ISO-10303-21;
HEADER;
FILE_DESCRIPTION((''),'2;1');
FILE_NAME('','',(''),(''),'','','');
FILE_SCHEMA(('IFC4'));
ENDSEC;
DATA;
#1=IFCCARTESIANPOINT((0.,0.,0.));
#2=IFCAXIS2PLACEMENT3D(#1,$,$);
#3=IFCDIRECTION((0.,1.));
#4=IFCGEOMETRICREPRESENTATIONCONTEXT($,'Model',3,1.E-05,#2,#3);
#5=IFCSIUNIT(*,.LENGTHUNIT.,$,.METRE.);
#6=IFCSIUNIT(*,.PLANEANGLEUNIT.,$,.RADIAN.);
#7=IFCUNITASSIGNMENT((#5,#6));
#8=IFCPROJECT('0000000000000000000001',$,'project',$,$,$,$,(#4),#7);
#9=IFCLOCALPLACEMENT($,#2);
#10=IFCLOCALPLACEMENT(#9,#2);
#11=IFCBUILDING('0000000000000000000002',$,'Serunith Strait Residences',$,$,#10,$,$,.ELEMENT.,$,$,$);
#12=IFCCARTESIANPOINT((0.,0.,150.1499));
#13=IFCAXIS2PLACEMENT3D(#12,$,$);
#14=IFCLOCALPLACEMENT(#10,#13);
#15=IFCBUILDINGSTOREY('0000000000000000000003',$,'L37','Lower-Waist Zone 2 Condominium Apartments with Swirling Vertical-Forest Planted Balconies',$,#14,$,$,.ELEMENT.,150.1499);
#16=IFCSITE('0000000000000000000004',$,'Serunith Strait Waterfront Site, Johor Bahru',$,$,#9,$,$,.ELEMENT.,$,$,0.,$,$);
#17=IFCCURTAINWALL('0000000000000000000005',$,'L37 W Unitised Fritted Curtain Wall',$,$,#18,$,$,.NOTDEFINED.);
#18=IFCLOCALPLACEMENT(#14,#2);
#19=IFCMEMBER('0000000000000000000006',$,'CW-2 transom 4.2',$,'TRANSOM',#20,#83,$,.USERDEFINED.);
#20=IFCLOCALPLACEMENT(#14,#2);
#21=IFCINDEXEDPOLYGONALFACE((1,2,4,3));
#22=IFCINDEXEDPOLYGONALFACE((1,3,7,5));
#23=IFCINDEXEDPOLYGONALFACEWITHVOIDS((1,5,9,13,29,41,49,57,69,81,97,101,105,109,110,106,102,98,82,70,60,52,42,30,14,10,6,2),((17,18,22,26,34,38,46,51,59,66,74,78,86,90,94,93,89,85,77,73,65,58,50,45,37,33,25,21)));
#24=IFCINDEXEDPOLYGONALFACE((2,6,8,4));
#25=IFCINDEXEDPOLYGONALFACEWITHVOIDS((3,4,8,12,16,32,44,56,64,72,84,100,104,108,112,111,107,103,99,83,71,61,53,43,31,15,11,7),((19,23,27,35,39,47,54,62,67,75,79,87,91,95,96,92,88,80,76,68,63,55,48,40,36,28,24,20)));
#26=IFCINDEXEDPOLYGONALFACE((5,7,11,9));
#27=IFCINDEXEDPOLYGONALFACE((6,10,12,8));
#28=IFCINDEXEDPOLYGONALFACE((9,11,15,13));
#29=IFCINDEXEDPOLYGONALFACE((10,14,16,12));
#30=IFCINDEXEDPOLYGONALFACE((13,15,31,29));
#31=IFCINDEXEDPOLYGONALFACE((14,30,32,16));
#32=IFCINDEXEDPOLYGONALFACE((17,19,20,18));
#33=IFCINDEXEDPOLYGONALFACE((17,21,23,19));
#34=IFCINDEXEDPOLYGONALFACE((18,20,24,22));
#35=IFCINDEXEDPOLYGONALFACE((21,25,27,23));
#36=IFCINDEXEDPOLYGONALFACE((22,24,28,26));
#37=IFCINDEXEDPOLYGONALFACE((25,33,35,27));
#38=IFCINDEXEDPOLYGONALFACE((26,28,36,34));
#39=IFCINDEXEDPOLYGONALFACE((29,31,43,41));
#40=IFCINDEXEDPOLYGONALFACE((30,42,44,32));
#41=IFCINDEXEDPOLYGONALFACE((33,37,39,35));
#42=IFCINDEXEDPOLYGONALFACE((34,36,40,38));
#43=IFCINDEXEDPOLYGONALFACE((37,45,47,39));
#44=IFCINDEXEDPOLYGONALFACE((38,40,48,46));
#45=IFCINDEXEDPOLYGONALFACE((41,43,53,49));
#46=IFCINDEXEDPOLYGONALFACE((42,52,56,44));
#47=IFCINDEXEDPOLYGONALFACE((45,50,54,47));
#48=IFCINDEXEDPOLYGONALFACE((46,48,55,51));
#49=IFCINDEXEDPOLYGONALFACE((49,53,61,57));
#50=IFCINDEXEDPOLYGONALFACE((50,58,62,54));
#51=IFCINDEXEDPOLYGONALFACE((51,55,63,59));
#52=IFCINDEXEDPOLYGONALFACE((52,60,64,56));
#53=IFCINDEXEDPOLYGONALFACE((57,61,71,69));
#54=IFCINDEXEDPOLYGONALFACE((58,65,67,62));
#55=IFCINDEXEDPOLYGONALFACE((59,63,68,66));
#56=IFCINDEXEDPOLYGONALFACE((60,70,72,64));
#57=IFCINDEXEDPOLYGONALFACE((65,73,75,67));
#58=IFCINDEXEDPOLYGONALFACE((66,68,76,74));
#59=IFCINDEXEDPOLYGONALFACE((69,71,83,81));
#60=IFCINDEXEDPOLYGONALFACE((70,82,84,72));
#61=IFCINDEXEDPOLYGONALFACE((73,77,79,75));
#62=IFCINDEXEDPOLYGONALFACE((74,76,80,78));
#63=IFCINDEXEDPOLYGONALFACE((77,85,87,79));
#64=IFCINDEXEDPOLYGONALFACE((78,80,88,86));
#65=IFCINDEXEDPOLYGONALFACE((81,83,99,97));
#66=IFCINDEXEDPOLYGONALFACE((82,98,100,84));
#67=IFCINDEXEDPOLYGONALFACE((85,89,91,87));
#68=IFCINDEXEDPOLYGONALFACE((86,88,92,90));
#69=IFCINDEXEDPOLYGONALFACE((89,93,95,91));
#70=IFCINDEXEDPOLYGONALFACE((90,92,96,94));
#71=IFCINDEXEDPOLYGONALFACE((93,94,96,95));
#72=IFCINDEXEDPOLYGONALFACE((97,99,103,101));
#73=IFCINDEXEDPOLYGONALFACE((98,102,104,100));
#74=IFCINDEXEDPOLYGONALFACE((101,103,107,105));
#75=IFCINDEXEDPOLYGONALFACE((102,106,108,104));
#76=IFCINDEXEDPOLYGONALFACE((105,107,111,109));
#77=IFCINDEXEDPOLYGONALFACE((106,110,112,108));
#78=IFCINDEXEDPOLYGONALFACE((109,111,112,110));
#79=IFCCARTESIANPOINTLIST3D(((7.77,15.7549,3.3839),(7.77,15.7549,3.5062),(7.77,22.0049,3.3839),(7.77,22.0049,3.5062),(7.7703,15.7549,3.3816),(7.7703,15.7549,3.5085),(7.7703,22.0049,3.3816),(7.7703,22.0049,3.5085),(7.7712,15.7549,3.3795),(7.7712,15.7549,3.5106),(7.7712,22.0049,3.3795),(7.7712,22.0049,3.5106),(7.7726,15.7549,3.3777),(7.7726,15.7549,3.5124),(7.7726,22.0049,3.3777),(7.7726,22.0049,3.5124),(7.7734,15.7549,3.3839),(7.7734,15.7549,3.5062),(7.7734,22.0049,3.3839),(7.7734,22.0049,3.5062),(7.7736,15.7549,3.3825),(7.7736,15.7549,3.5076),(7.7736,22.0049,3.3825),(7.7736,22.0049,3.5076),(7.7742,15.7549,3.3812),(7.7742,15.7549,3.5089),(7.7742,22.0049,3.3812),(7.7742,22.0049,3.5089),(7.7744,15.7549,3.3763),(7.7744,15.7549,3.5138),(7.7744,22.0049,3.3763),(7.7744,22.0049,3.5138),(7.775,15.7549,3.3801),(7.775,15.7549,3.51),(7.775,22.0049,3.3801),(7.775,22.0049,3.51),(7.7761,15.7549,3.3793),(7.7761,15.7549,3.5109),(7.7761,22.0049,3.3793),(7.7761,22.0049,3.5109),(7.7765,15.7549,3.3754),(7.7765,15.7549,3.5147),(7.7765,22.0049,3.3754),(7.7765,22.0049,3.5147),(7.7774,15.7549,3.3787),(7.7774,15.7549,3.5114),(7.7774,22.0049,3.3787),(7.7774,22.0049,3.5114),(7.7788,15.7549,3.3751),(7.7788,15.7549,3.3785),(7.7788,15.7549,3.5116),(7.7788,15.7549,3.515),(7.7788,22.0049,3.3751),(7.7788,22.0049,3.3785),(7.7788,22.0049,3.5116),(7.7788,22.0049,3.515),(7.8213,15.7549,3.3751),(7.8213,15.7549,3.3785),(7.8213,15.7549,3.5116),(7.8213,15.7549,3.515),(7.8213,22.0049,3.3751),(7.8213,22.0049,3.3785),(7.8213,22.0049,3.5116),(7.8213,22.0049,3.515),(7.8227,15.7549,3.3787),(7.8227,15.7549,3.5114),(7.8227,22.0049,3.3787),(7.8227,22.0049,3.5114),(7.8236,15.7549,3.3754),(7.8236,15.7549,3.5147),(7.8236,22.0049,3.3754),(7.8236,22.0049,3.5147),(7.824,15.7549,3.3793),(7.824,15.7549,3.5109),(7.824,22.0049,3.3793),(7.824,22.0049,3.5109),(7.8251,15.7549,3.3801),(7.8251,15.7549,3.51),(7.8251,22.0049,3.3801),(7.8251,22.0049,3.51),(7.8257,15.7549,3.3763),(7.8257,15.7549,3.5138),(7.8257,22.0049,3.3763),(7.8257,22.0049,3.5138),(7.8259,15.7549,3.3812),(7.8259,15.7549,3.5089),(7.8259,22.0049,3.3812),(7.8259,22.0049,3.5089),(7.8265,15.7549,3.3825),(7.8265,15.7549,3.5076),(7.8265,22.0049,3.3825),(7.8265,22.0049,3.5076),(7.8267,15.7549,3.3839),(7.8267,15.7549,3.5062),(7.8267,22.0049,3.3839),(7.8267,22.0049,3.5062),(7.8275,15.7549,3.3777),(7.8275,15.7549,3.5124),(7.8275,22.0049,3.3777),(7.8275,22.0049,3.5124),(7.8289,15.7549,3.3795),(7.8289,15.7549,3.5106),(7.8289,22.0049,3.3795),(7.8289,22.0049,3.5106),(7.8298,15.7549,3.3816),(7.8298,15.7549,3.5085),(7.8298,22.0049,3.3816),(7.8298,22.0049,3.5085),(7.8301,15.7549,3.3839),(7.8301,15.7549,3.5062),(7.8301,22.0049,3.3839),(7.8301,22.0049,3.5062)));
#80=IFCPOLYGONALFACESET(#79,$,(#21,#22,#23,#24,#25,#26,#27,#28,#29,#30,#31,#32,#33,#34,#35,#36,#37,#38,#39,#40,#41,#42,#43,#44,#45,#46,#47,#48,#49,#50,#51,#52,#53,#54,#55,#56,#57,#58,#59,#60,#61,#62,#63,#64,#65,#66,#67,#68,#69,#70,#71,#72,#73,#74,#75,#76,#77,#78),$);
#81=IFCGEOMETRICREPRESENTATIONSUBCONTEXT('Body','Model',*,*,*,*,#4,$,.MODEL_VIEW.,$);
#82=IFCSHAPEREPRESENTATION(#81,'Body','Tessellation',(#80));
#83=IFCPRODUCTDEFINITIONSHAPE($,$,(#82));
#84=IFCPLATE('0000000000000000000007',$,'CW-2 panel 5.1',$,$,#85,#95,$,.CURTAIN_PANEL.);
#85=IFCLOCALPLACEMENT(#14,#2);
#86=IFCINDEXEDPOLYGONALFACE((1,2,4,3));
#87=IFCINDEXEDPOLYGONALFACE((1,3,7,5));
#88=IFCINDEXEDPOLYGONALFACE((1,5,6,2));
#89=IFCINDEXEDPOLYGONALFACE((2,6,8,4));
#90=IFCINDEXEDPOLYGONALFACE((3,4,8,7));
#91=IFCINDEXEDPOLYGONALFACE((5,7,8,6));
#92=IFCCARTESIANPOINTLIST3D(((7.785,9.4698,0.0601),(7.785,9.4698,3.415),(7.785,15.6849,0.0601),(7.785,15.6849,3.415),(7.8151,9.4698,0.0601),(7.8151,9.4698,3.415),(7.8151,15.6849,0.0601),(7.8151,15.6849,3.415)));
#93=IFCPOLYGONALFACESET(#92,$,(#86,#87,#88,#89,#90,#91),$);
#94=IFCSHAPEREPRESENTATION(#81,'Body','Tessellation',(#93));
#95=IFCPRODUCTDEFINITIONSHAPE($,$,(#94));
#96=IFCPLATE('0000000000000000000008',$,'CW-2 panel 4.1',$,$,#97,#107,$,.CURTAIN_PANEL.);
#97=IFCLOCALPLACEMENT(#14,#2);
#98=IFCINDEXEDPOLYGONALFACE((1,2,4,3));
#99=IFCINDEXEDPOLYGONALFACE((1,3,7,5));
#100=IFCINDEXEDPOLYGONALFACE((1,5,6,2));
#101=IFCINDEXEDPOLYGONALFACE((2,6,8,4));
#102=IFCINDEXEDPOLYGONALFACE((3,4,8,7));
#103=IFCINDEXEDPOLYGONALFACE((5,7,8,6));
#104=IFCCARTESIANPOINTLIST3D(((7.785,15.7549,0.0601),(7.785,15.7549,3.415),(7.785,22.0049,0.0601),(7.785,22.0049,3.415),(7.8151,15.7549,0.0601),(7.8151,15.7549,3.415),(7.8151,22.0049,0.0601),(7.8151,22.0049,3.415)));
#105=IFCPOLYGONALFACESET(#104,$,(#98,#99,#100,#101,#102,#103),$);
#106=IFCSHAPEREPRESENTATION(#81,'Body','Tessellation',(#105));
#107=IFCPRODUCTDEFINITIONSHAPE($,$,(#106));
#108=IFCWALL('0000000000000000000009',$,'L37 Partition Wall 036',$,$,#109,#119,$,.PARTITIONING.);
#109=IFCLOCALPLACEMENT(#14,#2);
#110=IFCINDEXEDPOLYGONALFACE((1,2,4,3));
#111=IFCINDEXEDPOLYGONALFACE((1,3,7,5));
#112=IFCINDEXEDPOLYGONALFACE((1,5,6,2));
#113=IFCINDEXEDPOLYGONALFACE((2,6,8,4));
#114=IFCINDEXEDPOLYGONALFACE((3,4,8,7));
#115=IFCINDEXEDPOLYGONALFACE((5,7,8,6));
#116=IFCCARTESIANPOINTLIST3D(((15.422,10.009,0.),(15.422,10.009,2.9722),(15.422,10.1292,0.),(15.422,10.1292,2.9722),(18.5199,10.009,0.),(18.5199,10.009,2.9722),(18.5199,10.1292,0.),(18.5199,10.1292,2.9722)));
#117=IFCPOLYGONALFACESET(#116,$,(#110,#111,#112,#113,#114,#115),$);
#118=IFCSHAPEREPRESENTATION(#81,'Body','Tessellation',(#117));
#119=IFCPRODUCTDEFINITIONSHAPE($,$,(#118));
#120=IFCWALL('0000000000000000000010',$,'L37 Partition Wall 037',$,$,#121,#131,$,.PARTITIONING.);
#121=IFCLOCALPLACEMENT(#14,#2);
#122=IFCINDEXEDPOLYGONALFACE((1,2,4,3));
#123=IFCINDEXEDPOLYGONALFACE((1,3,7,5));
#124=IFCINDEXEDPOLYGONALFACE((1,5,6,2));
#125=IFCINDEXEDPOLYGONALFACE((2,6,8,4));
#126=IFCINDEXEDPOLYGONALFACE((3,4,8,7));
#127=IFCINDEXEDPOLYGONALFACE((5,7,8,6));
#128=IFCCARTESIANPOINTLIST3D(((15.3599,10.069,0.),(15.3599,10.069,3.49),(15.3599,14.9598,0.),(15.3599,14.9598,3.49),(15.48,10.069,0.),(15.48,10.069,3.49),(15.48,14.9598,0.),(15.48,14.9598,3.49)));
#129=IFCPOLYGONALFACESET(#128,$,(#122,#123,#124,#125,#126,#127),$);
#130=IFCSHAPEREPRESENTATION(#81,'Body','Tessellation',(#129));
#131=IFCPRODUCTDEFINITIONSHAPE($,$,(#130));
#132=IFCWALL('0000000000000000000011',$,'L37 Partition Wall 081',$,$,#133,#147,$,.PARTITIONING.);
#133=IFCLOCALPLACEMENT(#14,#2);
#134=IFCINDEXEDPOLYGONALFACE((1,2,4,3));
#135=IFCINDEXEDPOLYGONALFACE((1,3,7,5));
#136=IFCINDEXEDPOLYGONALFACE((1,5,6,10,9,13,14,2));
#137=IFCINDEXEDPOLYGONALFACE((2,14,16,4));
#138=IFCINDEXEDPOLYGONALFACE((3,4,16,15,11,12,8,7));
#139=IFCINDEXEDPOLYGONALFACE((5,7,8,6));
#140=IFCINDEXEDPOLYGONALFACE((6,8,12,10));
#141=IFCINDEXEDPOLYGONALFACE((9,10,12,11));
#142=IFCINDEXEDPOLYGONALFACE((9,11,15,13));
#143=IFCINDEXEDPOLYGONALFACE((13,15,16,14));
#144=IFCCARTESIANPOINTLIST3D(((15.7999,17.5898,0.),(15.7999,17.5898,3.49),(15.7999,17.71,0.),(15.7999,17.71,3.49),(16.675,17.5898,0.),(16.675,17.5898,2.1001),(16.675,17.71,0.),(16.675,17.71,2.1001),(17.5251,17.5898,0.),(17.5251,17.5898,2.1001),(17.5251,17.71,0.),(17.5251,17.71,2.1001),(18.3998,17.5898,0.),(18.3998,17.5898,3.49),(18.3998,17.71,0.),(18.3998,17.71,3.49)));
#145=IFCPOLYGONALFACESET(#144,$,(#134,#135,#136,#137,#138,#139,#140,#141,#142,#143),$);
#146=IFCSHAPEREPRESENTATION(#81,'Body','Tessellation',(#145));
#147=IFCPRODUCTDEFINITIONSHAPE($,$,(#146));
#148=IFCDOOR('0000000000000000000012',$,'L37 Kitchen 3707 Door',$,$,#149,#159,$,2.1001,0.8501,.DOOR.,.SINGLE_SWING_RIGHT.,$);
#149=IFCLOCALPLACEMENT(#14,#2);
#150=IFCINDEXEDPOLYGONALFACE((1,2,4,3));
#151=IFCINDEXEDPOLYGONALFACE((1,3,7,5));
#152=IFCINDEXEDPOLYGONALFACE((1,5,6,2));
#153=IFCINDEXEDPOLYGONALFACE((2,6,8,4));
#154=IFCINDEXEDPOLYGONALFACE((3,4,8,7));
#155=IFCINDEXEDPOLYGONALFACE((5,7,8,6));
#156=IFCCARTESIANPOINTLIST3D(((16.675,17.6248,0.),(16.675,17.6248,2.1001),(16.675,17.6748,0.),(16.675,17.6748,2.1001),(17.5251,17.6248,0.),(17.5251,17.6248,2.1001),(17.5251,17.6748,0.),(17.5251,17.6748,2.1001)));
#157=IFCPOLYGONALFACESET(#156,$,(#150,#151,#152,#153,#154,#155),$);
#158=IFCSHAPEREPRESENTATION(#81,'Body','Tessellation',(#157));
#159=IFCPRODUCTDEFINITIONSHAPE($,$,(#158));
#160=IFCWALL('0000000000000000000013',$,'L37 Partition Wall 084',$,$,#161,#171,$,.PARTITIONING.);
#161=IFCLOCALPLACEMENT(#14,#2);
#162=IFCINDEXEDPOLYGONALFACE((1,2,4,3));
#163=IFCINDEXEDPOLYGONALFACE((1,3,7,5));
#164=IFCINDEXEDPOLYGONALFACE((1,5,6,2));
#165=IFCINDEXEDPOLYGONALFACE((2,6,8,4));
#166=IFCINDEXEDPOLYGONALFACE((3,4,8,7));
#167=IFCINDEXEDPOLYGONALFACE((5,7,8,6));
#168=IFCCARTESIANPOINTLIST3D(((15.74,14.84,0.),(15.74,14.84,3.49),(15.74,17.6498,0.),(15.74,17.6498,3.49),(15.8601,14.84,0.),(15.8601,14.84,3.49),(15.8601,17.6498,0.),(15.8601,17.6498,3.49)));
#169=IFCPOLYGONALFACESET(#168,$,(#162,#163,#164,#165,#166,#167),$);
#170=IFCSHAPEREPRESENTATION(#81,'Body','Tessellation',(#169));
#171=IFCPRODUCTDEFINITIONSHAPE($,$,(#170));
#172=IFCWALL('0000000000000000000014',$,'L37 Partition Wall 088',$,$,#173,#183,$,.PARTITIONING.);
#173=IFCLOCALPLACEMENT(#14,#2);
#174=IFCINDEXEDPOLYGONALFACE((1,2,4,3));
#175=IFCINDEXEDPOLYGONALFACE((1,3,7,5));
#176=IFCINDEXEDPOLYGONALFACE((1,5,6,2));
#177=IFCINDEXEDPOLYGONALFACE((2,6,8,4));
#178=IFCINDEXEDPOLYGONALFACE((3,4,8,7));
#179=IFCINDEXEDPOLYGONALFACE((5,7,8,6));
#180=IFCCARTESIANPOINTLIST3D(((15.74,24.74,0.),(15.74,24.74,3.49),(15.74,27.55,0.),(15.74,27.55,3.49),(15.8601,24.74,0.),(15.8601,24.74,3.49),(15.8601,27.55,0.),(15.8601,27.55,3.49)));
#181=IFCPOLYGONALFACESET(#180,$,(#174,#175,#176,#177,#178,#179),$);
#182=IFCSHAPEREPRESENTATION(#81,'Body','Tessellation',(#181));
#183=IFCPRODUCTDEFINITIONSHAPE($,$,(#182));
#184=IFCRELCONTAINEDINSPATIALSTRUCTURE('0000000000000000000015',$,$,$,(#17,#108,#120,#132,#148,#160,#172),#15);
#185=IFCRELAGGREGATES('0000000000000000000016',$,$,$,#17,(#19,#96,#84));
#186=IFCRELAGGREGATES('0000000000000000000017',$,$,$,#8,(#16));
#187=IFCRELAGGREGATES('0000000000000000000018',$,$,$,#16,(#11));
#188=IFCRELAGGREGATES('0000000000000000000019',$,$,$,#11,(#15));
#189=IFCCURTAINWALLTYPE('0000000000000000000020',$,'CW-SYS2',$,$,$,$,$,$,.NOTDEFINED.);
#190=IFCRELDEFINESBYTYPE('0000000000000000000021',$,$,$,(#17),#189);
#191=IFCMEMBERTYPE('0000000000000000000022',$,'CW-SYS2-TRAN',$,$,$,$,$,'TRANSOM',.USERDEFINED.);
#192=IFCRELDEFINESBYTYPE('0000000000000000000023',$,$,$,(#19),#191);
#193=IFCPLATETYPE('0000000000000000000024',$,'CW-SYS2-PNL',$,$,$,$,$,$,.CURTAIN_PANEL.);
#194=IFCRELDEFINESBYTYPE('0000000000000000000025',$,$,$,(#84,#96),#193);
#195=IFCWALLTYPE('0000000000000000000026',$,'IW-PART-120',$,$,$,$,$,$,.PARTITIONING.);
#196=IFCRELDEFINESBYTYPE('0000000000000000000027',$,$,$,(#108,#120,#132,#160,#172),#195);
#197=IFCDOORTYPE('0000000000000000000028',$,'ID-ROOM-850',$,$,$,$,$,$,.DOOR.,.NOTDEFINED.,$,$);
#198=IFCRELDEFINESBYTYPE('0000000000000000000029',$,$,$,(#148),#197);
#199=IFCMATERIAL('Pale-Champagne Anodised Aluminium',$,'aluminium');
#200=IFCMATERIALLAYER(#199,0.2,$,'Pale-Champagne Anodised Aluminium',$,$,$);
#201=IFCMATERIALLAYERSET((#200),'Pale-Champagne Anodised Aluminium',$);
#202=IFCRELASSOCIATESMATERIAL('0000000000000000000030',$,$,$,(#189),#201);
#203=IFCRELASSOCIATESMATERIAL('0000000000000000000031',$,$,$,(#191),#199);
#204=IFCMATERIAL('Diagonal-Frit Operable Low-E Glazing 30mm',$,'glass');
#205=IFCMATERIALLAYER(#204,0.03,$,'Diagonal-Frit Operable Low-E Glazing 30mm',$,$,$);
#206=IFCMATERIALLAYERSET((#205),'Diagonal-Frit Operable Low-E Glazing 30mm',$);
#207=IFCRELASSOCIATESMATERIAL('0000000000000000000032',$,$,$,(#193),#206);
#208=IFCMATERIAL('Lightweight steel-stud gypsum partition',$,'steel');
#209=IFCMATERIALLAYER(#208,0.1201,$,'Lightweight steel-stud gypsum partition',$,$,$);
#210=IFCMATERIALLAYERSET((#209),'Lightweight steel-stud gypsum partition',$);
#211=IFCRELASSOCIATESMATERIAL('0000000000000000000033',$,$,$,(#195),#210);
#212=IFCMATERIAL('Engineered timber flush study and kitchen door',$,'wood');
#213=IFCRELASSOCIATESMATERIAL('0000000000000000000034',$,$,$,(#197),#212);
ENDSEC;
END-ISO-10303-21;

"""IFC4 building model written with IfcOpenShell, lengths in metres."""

from ifc_helpers import new_model, si_unit, direction, frame, frame_2d, origin, origin_2d, place, context, subcontext, project, spatial, rectangle, hollow_rectangle, extrude, source, transform, mapped, material, layer, layer_set, material_profile, profile_set, type_object, element, fill, aggregate, save


model = new_model("IFC4")

# Units and contexts
model_context = context("Model", 3, precision=1e-05, world=origin(), true_north=direction((0.0, 1.0)))
body_context = subcontext(model_context, "Body", "Model", "MODEL_VIEW")
ifc_project = project(units=[si_unit("LENGTHUNIT", "METRE"), si_unit("PLANEANGLEUNIT", "RADIAN")], contexts=[model_context])

# Site, building, storey
site_placement = place(None, origin())
site = spatial("IfcSite", under=ifc_project, at=site_placement, Name="Serunith Strait Waterfront Site, Johor Bahru", CompositionType="ELEMENT", RefElevation=0.0)
building_placement = place(site_placement, origin())
building = spatial("IfcBuilding", under=site, at=building_placement, Name="Serunith Strait Residences", CompositionType="ELEMENT")
storey_placement = place(building_placement, frame((0.0, 0.0, 150.1499)))
storey = spatial("IfcBuildingStorey", under=building, at=storey_placement, Name="L37", Description="Lower-Waist Zone 2 Condominium Apartments with Swirling Vertical-Forest Planted Balconies", CompositionType="ELEMENT", Elevation=150.1499)

# Curtain wall, member, plates
ifc_material_1 = material(Name="Pale-Champagne Anodised Aluminium", Category="aluminium")
ifc_layer_1 = layer(ifc_material_1, 0.2, Name="Pale-Champagne Anodised Aluminium")
ifc_layer_set_1 = layer_set([ifc_layer_1], Name="Pale-Champagne Anodised Aluminium")
curtain_wall_type = type_object("IfcCurtainWallType", Name="CW-SYS2", PredefinedType="NOTDEFINED", material=ifc_layer_set_1)
curtain_wall_placement = place(storey_placement, origin())
curtain_wall = element("IfcCurtainWall", 1, at=curtain_wall_placement, inside=storey, type_object=curtain_wall_type, Name="L37 W Unitised Fritted Curtain Wall", PredefinedType="NOTDEFINED")
ifc_material_profile_1 = material_profile(ifc_material_1, hollow_rectangle(XDim=0.0601, YDim=0.1399, WallThickness=0.0034, InnerFilletRadius=0.0054, OuterFilletRadius=0.0088, at=origin_2d()), Name="ALU 140x60x3.5")
ifc_profile_set_1 = profile_set([ifc_material_profile_1], Name="Pale-Champagne Anodised Aluminium")
member_type_1 = type_object("IfcMemberType", Name="CW-SYS2-TRAN", ElementType="TRANSOM", PredefinedType="USERDEFINED", material=ifc_profile_set_1)
shared_shape_1 = source(origin(), body_context, "Body", "SweptSolid", [
    extrude(hollow_rectangle(XDim=0.0601, YDim=0.1399, WallThickness=0.0034, InnerFilletRadius=0.0054, OuterFilletRadius=0.0088, at=origin_2d()), origin(), (0.0, 0.0, 1.0), 6.25),
])
member_1_placement = place(storey_placement, frame((7.8, 22.0049, 3.4451), z_axis=(0.0, -1.0, 0.0), x_axis=(1.0, 0.0, 0.0)))
member_1 = element("IfcMember", 2, at=member_1_placement, type_object=member_type_1, Name="CW-2 transom 4.2", ObjectType="TRANSOM", PredefinedType="USERDEFINED", context=body_context, shape_type="MappedRepresentation", body=[
    mapped(shared_shape_1, transform((0.0, 0.0, 0.0), scale=1.0)),
])
ifc_material_2 = material(Name="Diagonal-Frit Operable Low-E Glazing 30mm", Category="glass")
ifc_layer_2 = layer(ifc_material_2, 0.03, Name="Diagonal-Frit Operable Low-E Glazing 30mm")
ifc_layer_set_2 = layer_set([ifc_layer_2], Name="Diagonal-Frit Operable Low-E Glazing 30mm")
plate_type = type_object("IfcPlateType", Name="CW-SYS2-PNL", PredefinedType="CURTAIN_PANEL", material=ifc_layer_set_2)
shared_shape_2 = source(origin(), body_context, "Body", "SweptSolid", [
    extrude(rectangle(XDim=6.2151, YDim=0.03, at=origin_2d()), origin(), (0.0, 0.0, 1.0), 3.355),
])
plate_1_placement = place(storey_placement, frame((7.8, 12.5774, 0.0601), z_axis=(0.0, 0.0, 1.0), x_axis=(0.0, -1.0, 0.0)))
plate_1 = element("IfcPlate", 3, at=plate_1_placement, type_object=plate_type, Name="CW-2 panel 5.1", PredefinedType="CURTAIN_PANEL", context=body_context, shape_type="MappedRepresentation", body=[
    mapped(shared_shape_2, transform((0.0, 0.0, 0.0), scale=1.0)),
])
shared_shape_3 = source(origin(), body_context, "Body", "SweptSolid", [
    extrude(rectangle(XDim=6.25, YDim=0.03, at=origin_2d()), origin(), (0.0, 0.0, 1.0), 3.355),
])
plate_2_placement = place(storey_placement, frame((7.8, 18.8799, 0.0601), z_axis=(0.0, 0.0, 1.0), x_axis=(0.0, -1.0, 0.0)))
plate_2 = element("IfcPlate", 4, at=plate_2_placement, type_object=plate_type, Name="CW-2 panel 4.1", PredefinedType="CURTAIN_PANEL", context=body_context, shape_type="MappedRepresentation", body=[
    mapped(shared_shape_3, transform((0.0, 0.0, 0.0), scale=1.0)),
])
aggregate(curtain_wall, [member_1, plate_2, plate_1])

# Walls
ifc_material_3 = material(Name="Lightweight steel-stud gypsum partition", Category="steel")
ifc_layer_3 = layer(ifc_material_3, 0.1201, Name="Lightweight steel-stud gypsum partition")
ifc_layer_set_3 = layer_set([ifc_layer_3], Name="Lightweight steel-stud gypsum partition")
wall_type_1 = type_object("IfcWallType", Name="IW-PART-120", PredefinedType="PARTITIONING", material=ifc_layer_set_3)
wall_1_placement = place(storey_placement, frame((15.4221, 10.0691, 0.0), z_axis=(0.0, 0.0, 1.0), x_axis=(1.0, 0.0, 0.0)))
element("IfcWall", 5, at=wall_1_placement, inside=storey, type_object=wall_type_1, Name="L37 Partition Wall 036", PredefinedType="PARTITIONING", context=body_context, shape_type="SweptSolid", body=[
    extrude(rectangle(XDim=3.0979, YDim=0.1201, at=frame_2d((1.5488, 0.0))), origin(), (0.0, 0.0, 1.0), 2.9722),
])
wall_2_placement = place(storey_placement, frame((15.4199, 10.0691, 0.0), z_axis=(0.0, 0.0, 1.0), x_axis=(0.0, 1.0, 0.0)))
element("IfcWall", 6, at=wall_2_placement, inside=storey, type_object=wall_type_1, Name="L37 Partition Wall 037", PredefinedType="PARTITIONING", context=body_context, shape_type="SweptSolid", body=[
    extrude(rectangle(XDim=4.8909, YDim=0.1201, at=frame_2d((2.4453, 0.0))), origin(), (0.0, 0.0, 1.0), 3.49),
])

# Wall, opening, door
wall_3_placement = place(storey_placement, frame((15.8, 17.6499, 0.0), z_axis=(0.0, 0.0, 1.0), x_axis=(1.0, 0.0, 0.0)))
wall_3 = element("IfcWall", 7, at=wall_3_placement, inside=storey, type_object=wall_type_1, Name="L37 Partition Wall 081", PredefinedType="PARTITIONING", context=body_context, shape_type="SweptSolid", body=[
    extrude(rectangle(XDim=2.5999, YDim=0.1201, at=frame_2d((1.2998, 0.0))), origin(), (0.0, 0.0, 1.0), 3.49),
])
opening_placement = place(wall_3_placement, frame((0.875, 0.0, 0.0)))
opening = element("IfcOpeningElement", 8, at=opening_placement, cuts=wall_3, PredefinedType="OPENING", context=body_context, shape_type="SweptSolid", body=[
    extrude(rectangle(XDim=0.8501, YDim=2.1001, at=frame_2d((0.425, 1.05))), frame((0.0, 0.0701, 0.0), z_axis=(0.0, -1.0, 0.0), x_axis=(1.0, 0.0, 0.0)), (0.0, 0.0, 1.0), 0.1401),
])
ifc_material_4 = material(Name="Engineered timber flush study and kitchen door", Category="wood")
door_type = type_object("IfcDoorType", Name="ID-ROOM-850", OperationType="NOTDEFINED", PredefinedType="DOOR", material=ifc_material_4)
shared_shape_4 = source(origin(), body_context, "Body", "SweptSolid", [
    extrude(rectangle(XDim=0.8501, YDim=2.1001, at=frame_2d((0.425, 1.05))), frame((0.0, 0.0249, 0.0), z_axis=(0.0, -1.0, 0.0), x_axis=(1.0, 0.0, 0.0)), (0.0, 0.0, 1.0), 0.05),
])
door_placement = place(opening_placement, origin())
door = element("IfcDoor", 9, at=door_placement, inside=storey, type_object=door_type, Name="L37 Kitchen 3707 Door", OperationType="SINGLE_SWING_RIGHT", OverallHeight=2.1001, OverallWidth=0.8501, PredefinedType="DOOR", context=body_context, shape_type="MappedRepresentation", body=[
    mapped(shared_shape_4, transform((0.0, 0.0, 0.0), scale=1.0)),
])
fill(opening, door)

# Walls
wall_4_placement = place(storey_placement, frame((15.8, 14.8401, 0.0), z_axis=(0.0, 0.0, 1.0), x_axis=(0.0, 1.0, 0.0)))
element("IfcWall", 10, at=wall_4_placement, inside=storey, type_object=wall_type_1, Name="L37 Partition Wall 084", PredefinedType="PARTITIONING", context=body_context, shape_type="SweptSolid", body=[
    extrude(rectangle(XDim=2.8098, YDim=0.1201, at=frame_2d((1.4048, 0.0))), origin(), (0.0, 0.0, 1.0), 3.49),
])
wall_5_placement = place(storey_placement, frame((15.8, 24.74, 0.0), z_axis=(0.0, 0.0, 1.0), x_axis=(0.0, 1.0, 0.0)))
element("IfcWall", 11, at=wall_5_placement, inside=storey, type_object=wall_type_1, Name="L37 Partition Wall 088", PredefinedType="PARTITIONING", context=body_context, shape_type="SweptSolid", body=[
    extrude(rectangle(XDim=2.8101, YDim=0.1201, at=frame_2d((1.405, 0.0))), origin(), (0.0, 0.0, 1.0), 3.49),
])

save(model, "model.ifc")
